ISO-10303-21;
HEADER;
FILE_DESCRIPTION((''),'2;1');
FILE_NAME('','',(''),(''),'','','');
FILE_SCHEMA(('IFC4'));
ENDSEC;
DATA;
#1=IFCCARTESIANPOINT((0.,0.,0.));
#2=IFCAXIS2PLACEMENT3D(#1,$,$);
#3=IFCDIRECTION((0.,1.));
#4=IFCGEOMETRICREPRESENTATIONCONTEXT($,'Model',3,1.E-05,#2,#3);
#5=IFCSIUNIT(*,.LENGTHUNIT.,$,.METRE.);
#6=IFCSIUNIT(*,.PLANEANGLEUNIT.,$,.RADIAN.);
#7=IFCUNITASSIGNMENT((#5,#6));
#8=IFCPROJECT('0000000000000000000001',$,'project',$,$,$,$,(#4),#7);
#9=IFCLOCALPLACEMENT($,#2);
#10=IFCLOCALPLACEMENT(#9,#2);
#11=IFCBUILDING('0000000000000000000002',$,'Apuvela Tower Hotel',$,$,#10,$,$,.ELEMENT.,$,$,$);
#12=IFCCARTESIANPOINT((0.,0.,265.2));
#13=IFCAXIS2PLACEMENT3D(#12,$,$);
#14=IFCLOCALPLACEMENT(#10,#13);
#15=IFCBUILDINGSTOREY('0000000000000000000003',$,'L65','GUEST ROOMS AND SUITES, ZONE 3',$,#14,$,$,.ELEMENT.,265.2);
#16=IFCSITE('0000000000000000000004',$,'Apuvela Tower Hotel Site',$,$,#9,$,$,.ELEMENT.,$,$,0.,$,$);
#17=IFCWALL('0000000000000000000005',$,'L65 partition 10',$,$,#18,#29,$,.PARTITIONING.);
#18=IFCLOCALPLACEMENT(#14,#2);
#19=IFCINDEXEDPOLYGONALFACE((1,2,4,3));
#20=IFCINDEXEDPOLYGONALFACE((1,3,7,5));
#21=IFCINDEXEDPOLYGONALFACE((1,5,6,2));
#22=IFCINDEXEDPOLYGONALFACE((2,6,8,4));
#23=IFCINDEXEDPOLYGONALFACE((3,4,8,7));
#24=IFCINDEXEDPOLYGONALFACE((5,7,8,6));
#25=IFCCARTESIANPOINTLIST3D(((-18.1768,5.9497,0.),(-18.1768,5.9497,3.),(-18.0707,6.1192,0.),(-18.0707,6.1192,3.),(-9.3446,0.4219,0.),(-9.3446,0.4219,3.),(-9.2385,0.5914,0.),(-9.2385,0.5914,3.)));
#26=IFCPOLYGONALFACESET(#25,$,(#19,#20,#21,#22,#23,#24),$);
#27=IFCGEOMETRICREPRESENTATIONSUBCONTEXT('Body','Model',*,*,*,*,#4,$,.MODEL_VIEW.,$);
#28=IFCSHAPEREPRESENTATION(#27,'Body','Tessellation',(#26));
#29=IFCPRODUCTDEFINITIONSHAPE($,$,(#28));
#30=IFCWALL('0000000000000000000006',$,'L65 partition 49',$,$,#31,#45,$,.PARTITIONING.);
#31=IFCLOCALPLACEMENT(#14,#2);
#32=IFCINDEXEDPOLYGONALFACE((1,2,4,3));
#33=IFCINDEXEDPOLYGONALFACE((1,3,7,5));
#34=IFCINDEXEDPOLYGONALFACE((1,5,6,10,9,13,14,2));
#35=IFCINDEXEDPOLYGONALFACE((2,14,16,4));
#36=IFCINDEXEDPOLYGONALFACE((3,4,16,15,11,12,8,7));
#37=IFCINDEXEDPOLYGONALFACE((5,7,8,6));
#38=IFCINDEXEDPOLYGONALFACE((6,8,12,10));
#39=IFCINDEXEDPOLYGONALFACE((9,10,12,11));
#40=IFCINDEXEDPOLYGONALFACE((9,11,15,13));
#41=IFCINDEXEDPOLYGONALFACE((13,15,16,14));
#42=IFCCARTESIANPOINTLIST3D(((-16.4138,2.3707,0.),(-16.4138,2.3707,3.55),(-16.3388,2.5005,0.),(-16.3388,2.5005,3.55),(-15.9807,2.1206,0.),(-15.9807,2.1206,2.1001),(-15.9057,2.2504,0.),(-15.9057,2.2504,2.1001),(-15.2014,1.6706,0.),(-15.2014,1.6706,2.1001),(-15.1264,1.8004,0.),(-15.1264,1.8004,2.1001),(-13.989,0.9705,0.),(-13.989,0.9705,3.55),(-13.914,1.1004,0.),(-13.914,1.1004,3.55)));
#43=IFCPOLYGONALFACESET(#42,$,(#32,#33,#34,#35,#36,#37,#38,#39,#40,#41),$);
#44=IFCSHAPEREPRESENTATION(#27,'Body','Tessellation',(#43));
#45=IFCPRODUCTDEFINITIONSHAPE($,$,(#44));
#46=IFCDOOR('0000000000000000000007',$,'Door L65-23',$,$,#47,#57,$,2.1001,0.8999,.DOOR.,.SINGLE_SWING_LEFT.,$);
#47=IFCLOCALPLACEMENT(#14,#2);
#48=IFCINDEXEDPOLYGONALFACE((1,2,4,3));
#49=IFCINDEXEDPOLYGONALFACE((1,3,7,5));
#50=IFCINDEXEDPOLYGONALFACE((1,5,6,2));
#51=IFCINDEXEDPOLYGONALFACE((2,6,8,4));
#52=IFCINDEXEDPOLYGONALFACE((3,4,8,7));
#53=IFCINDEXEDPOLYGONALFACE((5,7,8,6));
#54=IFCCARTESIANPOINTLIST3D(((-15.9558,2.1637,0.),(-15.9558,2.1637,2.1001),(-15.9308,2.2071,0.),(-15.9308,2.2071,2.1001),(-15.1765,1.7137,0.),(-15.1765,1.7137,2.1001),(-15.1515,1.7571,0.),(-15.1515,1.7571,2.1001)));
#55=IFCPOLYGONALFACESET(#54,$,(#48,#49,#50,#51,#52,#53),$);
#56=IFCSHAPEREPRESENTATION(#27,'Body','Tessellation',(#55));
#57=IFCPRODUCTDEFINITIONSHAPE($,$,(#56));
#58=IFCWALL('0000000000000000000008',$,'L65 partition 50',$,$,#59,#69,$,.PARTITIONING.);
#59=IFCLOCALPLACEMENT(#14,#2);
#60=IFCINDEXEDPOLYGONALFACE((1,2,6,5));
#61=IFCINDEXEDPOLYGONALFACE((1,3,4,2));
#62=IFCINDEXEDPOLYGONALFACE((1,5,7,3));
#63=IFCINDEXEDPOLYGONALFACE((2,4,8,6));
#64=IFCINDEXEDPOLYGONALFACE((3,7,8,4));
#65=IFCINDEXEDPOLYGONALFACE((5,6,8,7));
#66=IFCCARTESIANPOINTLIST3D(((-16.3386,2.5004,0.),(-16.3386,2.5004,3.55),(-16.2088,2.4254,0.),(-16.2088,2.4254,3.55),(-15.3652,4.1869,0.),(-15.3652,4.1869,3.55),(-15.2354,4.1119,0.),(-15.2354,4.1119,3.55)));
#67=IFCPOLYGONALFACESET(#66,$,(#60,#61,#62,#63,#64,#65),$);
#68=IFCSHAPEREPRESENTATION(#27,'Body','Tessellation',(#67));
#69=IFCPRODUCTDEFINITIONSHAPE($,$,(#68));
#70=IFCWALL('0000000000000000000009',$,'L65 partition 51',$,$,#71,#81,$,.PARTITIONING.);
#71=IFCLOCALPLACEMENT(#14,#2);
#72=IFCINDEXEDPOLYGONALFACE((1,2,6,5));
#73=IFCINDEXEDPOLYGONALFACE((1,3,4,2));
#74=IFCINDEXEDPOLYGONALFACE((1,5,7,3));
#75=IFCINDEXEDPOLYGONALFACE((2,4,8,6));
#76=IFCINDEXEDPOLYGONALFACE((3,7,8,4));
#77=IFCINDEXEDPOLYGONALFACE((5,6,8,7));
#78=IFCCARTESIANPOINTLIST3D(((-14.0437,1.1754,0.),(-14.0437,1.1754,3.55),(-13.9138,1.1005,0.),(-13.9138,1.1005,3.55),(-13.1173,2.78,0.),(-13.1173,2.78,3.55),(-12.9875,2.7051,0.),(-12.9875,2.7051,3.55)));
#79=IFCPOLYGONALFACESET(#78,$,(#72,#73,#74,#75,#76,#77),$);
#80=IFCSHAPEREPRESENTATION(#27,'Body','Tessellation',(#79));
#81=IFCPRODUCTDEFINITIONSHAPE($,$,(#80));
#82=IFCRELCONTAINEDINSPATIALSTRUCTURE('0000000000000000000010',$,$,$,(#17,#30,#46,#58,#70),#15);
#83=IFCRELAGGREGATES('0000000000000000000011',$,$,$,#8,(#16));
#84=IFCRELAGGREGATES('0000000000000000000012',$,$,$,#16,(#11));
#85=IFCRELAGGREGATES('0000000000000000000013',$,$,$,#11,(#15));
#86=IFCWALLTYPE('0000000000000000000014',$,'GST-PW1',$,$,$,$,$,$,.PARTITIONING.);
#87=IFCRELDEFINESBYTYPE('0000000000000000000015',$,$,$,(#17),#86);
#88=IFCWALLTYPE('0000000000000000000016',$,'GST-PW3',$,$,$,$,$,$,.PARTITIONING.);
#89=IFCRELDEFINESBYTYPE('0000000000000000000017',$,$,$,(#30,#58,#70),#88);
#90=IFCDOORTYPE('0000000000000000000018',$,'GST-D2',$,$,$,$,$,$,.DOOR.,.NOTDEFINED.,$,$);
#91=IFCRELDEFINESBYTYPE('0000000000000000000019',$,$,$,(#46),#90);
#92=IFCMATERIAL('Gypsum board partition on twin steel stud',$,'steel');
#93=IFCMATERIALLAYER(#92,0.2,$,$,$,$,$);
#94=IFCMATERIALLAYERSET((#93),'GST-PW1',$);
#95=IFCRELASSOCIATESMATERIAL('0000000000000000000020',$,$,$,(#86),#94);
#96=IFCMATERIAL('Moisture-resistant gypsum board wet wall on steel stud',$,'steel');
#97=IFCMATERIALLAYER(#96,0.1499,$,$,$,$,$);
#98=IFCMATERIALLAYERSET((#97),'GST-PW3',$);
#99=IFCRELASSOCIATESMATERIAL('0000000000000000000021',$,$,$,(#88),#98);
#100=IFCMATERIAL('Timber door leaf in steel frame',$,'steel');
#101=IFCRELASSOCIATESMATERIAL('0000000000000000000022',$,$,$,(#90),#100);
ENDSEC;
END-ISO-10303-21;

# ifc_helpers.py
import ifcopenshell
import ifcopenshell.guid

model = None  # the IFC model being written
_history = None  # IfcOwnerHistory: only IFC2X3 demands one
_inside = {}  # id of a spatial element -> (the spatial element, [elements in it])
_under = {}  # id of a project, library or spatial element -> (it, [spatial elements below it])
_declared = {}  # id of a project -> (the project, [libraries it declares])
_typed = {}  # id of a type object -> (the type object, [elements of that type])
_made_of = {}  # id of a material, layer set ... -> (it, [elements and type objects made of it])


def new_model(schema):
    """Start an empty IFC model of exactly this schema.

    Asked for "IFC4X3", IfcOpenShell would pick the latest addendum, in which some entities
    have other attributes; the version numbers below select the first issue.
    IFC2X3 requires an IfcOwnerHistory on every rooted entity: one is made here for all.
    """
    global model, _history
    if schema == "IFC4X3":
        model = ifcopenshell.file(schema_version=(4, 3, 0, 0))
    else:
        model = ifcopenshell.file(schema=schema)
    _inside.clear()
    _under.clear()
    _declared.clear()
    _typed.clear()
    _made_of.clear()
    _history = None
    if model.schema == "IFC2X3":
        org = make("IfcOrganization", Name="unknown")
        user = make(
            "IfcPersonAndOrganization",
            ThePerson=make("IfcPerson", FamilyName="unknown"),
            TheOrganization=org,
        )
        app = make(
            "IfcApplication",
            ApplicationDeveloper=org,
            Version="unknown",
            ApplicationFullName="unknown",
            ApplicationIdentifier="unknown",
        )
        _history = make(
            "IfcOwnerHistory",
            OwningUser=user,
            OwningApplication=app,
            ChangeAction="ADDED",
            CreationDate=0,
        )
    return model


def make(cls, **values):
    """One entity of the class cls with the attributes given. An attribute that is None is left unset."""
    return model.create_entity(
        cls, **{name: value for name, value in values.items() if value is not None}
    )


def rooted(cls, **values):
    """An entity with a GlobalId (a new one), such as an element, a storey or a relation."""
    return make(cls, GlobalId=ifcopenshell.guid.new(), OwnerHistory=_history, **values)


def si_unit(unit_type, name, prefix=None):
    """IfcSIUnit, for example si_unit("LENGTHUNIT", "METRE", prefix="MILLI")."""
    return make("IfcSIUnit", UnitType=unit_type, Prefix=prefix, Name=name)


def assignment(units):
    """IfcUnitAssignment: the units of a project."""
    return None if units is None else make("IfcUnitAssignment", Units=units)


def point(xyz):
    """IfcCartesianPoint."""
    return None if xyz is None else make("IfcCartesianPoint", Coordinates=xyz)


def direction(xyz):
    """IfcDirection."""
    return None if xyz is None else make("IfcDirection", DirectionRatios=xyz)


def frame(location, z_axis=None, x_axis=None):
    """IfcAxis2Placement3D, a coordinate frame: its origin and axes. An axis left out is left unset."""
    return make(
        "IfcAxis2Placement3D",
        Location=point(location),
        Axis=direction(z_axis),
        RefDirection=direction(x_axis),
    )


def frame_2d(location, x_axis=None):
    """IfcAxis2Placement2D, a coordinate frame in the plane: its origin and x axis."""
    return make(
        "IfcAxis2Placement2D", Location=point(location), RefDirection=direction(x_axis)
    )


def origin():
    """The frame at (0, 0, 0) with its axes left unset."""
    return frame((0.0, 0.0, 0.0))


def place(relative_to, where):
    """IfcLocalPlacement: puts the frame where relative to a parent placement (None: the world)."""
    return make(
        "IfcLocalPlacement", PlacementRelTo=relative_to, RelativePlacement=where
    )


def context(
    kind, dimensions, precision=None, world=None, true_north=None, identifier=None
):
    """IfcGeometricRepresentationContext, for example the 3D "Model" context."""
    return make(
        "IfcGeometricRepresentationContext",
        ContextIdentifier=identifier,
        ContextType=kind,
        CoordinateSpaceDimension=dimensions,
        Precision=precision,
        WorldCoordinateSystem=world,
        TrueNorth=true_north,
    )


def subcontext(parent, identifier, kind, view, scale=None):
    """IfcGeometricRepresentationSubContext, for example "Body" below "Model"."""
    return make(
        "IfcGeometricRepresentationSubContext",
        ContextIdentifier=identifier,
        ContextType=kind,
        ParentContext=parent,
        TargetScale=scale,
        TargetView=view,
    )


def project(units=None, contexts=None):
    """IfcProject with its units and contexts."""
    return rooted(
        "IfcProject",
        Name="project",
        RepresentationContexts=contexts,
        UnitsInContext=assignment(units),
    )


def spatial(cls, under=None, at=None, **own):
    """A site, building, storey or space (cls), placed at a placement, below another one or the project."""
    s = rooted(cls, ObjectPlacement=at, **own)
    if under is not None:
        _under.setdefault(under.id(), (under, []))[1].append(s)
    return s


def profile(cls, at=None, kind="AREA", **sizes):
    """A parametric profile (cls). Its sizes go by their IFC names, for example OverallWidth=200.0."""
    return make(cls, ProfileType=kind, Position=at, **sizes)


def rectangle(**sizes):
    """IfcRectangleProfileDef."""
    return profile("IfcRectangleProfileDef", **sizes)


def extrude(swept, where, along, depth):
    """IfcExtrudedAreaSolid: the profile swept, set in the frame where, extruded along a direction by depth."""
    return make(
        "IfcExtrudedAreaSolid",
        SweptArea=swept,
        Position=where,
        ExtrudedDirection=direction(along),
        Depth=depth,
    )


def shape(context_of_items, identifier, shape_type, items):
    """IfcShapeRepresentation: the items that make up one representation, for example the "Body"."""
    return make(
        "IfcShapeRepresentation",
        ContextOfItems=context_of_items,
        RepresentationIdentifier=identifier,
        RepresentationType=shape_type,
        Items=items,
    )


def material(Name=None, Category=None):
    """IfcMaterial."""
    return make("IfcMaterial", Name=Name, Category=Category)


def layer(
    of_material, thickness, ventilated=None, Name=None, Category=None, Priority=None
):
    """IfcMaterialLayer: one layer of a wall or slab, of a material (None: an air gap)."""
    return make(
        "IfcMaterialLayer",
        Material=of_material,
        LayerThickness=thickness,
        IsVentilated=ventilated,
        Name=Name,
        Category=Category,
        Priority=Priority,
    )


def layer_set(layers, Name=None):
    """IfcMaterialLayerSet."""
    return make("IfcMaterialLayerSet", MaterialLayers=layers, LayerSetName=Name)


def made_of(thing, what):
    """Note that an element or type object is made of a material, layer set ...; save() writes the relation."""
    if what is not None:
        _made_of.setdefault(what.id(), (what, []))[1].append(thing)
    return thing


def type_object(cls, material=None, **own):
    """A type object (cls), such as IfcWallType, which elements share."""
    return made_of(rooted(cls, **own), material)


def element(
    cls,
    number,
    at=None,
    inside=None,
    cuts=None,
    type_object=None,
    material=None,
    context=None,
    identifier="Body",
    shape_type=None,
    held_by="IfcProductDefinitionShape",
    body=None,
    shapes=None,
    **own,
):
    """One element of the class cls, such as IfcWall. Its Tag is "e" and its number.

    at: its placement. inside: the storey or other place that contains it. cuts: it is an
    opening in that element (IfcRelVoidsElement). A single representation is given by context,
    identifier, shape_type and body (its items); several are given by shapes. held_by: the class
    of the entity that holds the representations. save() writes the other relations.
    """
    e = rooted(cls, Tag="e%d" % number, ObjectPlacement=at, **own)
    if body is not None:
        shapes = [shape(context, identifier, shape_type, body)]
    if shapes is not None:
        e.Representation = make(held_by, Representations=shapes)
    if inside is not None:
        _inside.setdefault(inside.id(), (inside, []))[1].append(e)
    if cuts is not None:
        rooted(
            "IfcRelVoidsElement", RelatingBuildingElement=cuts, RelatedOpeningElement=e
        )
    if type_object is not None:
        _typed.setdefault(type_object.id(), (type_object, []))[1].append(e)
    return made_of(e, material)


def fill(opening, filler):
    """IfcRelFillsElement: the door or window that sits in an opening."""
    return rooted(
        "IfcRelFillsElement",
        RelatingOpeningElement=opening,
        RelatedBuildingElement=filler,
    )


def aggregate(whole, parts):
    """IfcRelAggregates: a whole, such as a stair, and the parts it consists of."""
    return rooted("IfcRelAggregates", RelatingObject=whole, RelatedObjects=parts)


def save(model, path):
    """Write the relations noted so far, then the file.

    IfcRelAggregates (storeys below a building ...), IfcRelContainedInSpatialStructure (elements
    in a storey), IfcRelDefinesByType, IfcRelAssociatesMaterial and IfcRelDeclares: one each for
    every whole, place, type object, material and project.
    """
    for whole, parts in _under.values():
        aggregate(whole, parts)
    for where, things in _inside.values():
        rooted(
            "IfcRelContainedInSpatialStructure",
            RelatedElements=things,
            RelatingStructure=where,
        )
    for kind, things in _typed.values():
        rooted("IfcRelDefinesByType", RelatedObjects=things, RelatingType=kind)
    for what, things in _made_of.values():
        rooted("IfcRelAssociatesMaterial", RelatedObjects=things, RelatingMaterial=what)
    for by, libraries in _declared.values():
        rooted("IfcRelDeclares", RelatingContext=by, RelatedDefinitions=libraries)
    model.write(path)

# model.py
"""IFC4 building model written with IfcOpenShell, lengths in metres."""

from ifc_helpers import new_model, si_unit, direction, frame, frame_2d, origin, place, context, subcontext, project, spatial, rectangle, extrude, material, layer, layer_set, type_object, element, fill, save


model = new_model("IFC4")

# Units and contexts
model_context = context("Model", 3, precision=1e-05, world=origin(), true_north=direction((0.0, 1.0)))
body_context = subcontext(model_context, "Body", "Model", "MODEL_VIEW")
ifc_project = project(units=[si_unit("LENGTHUNIT", "METRE"), si_unit("PLANEANGLEUNIT", "RADIAN")], contexts=[model_context])

# Site, building, storey
site_placement = place(None, origin())
site = spatial("IfcSite", under=ifc_project, at=site_placement, Name="Apuvela Tower Hotel Site", CompositionType="ELEMENT", RefElevation=0.0)
building_placement = place(site_placement, origin())
building = spatial("IfcBuilding", under=site, at=building_placement, Name="Apuvela Tower Hotel", CompositionType="ELEMENT")
storey_placement = place(building_placement, frame((0.0, 0.0, 265.2)))
storey = spatial("IfcBuildingStorey", under=building, at=storey_placement, Name="L65", Description="GUEST ROOMS AND SUITES, ZONE 3", CompositionType="ELEMENT", Elevation=265.2)

# Wall
ifc_material_1 = material(Name="Gypsum board partition on twin steel stud", Category="steel")
ifc_layer_1 = layer(ifc_material_1, 0.2)
ifc_layer_set_1 = layer_set([ifc_layer_1], Name="GST-PW1")
wall_type_1 = type_object("IfcWallType", Name="GST-PW1", PredefinedType="PARTITIONING", material=ifc_layer_set_1)
wall_1_placement = place(storey_placement, frame((-18.1238, 6.0344, 0.0), z_axis=(0.0, 0.0, 1.0), x_axis=(0.847668, -0.530527, 0.0)))
element("IfcWall", 1, at=wall_1_placement, inside=storey, type_object=wall_type_1, Name="L65 partition 10", PredefinedType="PARTITIONING", context=body_context, shape_type="SweptSolid", body=[
    extrude(rectangle(XDim=10.4194, YDim=0.2, at=frame_2d((5.2097, 0.0))), origin(), (0.0, 0.0, 1.0), 3.0),
])

# Wall, opening, door
ifc_material_2 = material(Name="Moisture-resistant gypsum board wet wall on steel stud", Category="steel")
ifc_layer_2 = layer(ifc_material_2, 0.1499)
ifc_layer_set_2 = layer_set([ifc_layer_2], Name="GST-PW3")
wall_type_2 = type_object("IfcWallType", Name="GST-PW3", PredefinedType="PARTITIONING", material=ifc_layer_set_2)
wall_2_placement = place(storey_placement, frame((-16.3762, 2.4355, 0.0), z_axis=(0.0, 0.0, 1.0), x_axis=(0.865997, -0.50005, 0.0)))
wall_2 = element("IfcWall", 2, at=wall_2_placement, inside=storey, type_object=wall_type_2, Name="L65 partition 49", PredefinedType="PARTITIONING", context=body_context, shape_type="SweptSolid", body=[
    extrude(rectangle(XDim=2.8, YDim=0.1499, at=frame_2d((1.3999, 0.0))), origin(), (0.0, 0.0, 1.0), 3.55),
])
opening_1_placement = place(wall_2_placement, frame((0.5, 0.0, 0.0)))
opening_1 = element("IfcOpeningElement", 3, at=opening_1_placement, cuts=wall_2, PredefinedType="OPENING", context=body_context, shape_type="SweptSolid", body=[
    extrude(rectangle(XDim=0.8999, YDim=2.1001, at=frame_2d((0.45, 1.05))), frame((0.0, 0.085, 0.0), z_axis=(0.0, -1.0, 0.0), x_axis=(1.0, 0.0, 0.0)), (0.0, 0.0, 1.0), 0.1699),
])
ifc_material_3 = material(Name="Timber door leaf in steel frame", Category="steel")
door_type_1 = type_object("IfcDoorType", Name="GST-D2", OperationType="NOTDEFINED", PredefinedType="DOOR", material=ifc_material_3)
door_1_placement = place(opening_1_placement, origin())
door_1 = element("IfcDoor", 4, at=door_1_placement, inside=storey, type_object=door_type_1, Name="Door L65-23", OperationType="SINGLE_SWING_LEFT", OverallHeight=2.1001, OverallWidth=0.8999, PredefinedType="DOOR", context=body_context, shape_type="SweptSolid", body=[
    extrude(rectangle(XDim=0.8999, YDim=2.1001, at=frame_2d((0.45, 1.05))), frame((0.0, 0.0249, 0.0), z_axis=(0.0, -1.0, 0.0), x_axis=(1.0, 0.0, 0.0)), (0.0, 0.0, 1.0), 0.05),
])
fill(opening_1, door_1)

# Walls
wall_3_placement = place(storey_placement, frame((-15.3003, 4.1494, 0.0), z_axis=(0.0, 0.0, 1.0), x_axis=(-0.499874, -0.866098, 0.0)))
element("IfcWall", 5, at=wall_3_placement, inside=storey, type_object=wall_type_2, Name="L65 partition 50", PredefinedType="PARTITIONING", context=body_context, shape_type="SweptSolid", body=[
    extrude(rectangle(XDim=1.9473, YDim=0.1499, at=frame_2d((0.9736, 0.0))), origin(), (0.0, 0.0, 1.0), 3.55),
])
wall_4_placement = place(storey_placement, frame((-13.0525, 2.7424, 0.0), z_axis=(0.0, 0.0, 1.0), x_axis=(-0.499966, -0.866045, 0.0)))
element("IfcWall", 6, at=wall_4_placement, inside=storey, type_object=wall_type_2, Name="L65 partition 51", PredefinedType="PARTITIONING", context=body_context, shape_type="SweptSolid", body=[
    extrude(rectangle(XDim=1.8528, YDim=0.1499, at=frame_2d((0.9263, 0.0))), origin(), (0.0, 0.0, 1.0), 3.55),
])

save(model, "model.ifc")
